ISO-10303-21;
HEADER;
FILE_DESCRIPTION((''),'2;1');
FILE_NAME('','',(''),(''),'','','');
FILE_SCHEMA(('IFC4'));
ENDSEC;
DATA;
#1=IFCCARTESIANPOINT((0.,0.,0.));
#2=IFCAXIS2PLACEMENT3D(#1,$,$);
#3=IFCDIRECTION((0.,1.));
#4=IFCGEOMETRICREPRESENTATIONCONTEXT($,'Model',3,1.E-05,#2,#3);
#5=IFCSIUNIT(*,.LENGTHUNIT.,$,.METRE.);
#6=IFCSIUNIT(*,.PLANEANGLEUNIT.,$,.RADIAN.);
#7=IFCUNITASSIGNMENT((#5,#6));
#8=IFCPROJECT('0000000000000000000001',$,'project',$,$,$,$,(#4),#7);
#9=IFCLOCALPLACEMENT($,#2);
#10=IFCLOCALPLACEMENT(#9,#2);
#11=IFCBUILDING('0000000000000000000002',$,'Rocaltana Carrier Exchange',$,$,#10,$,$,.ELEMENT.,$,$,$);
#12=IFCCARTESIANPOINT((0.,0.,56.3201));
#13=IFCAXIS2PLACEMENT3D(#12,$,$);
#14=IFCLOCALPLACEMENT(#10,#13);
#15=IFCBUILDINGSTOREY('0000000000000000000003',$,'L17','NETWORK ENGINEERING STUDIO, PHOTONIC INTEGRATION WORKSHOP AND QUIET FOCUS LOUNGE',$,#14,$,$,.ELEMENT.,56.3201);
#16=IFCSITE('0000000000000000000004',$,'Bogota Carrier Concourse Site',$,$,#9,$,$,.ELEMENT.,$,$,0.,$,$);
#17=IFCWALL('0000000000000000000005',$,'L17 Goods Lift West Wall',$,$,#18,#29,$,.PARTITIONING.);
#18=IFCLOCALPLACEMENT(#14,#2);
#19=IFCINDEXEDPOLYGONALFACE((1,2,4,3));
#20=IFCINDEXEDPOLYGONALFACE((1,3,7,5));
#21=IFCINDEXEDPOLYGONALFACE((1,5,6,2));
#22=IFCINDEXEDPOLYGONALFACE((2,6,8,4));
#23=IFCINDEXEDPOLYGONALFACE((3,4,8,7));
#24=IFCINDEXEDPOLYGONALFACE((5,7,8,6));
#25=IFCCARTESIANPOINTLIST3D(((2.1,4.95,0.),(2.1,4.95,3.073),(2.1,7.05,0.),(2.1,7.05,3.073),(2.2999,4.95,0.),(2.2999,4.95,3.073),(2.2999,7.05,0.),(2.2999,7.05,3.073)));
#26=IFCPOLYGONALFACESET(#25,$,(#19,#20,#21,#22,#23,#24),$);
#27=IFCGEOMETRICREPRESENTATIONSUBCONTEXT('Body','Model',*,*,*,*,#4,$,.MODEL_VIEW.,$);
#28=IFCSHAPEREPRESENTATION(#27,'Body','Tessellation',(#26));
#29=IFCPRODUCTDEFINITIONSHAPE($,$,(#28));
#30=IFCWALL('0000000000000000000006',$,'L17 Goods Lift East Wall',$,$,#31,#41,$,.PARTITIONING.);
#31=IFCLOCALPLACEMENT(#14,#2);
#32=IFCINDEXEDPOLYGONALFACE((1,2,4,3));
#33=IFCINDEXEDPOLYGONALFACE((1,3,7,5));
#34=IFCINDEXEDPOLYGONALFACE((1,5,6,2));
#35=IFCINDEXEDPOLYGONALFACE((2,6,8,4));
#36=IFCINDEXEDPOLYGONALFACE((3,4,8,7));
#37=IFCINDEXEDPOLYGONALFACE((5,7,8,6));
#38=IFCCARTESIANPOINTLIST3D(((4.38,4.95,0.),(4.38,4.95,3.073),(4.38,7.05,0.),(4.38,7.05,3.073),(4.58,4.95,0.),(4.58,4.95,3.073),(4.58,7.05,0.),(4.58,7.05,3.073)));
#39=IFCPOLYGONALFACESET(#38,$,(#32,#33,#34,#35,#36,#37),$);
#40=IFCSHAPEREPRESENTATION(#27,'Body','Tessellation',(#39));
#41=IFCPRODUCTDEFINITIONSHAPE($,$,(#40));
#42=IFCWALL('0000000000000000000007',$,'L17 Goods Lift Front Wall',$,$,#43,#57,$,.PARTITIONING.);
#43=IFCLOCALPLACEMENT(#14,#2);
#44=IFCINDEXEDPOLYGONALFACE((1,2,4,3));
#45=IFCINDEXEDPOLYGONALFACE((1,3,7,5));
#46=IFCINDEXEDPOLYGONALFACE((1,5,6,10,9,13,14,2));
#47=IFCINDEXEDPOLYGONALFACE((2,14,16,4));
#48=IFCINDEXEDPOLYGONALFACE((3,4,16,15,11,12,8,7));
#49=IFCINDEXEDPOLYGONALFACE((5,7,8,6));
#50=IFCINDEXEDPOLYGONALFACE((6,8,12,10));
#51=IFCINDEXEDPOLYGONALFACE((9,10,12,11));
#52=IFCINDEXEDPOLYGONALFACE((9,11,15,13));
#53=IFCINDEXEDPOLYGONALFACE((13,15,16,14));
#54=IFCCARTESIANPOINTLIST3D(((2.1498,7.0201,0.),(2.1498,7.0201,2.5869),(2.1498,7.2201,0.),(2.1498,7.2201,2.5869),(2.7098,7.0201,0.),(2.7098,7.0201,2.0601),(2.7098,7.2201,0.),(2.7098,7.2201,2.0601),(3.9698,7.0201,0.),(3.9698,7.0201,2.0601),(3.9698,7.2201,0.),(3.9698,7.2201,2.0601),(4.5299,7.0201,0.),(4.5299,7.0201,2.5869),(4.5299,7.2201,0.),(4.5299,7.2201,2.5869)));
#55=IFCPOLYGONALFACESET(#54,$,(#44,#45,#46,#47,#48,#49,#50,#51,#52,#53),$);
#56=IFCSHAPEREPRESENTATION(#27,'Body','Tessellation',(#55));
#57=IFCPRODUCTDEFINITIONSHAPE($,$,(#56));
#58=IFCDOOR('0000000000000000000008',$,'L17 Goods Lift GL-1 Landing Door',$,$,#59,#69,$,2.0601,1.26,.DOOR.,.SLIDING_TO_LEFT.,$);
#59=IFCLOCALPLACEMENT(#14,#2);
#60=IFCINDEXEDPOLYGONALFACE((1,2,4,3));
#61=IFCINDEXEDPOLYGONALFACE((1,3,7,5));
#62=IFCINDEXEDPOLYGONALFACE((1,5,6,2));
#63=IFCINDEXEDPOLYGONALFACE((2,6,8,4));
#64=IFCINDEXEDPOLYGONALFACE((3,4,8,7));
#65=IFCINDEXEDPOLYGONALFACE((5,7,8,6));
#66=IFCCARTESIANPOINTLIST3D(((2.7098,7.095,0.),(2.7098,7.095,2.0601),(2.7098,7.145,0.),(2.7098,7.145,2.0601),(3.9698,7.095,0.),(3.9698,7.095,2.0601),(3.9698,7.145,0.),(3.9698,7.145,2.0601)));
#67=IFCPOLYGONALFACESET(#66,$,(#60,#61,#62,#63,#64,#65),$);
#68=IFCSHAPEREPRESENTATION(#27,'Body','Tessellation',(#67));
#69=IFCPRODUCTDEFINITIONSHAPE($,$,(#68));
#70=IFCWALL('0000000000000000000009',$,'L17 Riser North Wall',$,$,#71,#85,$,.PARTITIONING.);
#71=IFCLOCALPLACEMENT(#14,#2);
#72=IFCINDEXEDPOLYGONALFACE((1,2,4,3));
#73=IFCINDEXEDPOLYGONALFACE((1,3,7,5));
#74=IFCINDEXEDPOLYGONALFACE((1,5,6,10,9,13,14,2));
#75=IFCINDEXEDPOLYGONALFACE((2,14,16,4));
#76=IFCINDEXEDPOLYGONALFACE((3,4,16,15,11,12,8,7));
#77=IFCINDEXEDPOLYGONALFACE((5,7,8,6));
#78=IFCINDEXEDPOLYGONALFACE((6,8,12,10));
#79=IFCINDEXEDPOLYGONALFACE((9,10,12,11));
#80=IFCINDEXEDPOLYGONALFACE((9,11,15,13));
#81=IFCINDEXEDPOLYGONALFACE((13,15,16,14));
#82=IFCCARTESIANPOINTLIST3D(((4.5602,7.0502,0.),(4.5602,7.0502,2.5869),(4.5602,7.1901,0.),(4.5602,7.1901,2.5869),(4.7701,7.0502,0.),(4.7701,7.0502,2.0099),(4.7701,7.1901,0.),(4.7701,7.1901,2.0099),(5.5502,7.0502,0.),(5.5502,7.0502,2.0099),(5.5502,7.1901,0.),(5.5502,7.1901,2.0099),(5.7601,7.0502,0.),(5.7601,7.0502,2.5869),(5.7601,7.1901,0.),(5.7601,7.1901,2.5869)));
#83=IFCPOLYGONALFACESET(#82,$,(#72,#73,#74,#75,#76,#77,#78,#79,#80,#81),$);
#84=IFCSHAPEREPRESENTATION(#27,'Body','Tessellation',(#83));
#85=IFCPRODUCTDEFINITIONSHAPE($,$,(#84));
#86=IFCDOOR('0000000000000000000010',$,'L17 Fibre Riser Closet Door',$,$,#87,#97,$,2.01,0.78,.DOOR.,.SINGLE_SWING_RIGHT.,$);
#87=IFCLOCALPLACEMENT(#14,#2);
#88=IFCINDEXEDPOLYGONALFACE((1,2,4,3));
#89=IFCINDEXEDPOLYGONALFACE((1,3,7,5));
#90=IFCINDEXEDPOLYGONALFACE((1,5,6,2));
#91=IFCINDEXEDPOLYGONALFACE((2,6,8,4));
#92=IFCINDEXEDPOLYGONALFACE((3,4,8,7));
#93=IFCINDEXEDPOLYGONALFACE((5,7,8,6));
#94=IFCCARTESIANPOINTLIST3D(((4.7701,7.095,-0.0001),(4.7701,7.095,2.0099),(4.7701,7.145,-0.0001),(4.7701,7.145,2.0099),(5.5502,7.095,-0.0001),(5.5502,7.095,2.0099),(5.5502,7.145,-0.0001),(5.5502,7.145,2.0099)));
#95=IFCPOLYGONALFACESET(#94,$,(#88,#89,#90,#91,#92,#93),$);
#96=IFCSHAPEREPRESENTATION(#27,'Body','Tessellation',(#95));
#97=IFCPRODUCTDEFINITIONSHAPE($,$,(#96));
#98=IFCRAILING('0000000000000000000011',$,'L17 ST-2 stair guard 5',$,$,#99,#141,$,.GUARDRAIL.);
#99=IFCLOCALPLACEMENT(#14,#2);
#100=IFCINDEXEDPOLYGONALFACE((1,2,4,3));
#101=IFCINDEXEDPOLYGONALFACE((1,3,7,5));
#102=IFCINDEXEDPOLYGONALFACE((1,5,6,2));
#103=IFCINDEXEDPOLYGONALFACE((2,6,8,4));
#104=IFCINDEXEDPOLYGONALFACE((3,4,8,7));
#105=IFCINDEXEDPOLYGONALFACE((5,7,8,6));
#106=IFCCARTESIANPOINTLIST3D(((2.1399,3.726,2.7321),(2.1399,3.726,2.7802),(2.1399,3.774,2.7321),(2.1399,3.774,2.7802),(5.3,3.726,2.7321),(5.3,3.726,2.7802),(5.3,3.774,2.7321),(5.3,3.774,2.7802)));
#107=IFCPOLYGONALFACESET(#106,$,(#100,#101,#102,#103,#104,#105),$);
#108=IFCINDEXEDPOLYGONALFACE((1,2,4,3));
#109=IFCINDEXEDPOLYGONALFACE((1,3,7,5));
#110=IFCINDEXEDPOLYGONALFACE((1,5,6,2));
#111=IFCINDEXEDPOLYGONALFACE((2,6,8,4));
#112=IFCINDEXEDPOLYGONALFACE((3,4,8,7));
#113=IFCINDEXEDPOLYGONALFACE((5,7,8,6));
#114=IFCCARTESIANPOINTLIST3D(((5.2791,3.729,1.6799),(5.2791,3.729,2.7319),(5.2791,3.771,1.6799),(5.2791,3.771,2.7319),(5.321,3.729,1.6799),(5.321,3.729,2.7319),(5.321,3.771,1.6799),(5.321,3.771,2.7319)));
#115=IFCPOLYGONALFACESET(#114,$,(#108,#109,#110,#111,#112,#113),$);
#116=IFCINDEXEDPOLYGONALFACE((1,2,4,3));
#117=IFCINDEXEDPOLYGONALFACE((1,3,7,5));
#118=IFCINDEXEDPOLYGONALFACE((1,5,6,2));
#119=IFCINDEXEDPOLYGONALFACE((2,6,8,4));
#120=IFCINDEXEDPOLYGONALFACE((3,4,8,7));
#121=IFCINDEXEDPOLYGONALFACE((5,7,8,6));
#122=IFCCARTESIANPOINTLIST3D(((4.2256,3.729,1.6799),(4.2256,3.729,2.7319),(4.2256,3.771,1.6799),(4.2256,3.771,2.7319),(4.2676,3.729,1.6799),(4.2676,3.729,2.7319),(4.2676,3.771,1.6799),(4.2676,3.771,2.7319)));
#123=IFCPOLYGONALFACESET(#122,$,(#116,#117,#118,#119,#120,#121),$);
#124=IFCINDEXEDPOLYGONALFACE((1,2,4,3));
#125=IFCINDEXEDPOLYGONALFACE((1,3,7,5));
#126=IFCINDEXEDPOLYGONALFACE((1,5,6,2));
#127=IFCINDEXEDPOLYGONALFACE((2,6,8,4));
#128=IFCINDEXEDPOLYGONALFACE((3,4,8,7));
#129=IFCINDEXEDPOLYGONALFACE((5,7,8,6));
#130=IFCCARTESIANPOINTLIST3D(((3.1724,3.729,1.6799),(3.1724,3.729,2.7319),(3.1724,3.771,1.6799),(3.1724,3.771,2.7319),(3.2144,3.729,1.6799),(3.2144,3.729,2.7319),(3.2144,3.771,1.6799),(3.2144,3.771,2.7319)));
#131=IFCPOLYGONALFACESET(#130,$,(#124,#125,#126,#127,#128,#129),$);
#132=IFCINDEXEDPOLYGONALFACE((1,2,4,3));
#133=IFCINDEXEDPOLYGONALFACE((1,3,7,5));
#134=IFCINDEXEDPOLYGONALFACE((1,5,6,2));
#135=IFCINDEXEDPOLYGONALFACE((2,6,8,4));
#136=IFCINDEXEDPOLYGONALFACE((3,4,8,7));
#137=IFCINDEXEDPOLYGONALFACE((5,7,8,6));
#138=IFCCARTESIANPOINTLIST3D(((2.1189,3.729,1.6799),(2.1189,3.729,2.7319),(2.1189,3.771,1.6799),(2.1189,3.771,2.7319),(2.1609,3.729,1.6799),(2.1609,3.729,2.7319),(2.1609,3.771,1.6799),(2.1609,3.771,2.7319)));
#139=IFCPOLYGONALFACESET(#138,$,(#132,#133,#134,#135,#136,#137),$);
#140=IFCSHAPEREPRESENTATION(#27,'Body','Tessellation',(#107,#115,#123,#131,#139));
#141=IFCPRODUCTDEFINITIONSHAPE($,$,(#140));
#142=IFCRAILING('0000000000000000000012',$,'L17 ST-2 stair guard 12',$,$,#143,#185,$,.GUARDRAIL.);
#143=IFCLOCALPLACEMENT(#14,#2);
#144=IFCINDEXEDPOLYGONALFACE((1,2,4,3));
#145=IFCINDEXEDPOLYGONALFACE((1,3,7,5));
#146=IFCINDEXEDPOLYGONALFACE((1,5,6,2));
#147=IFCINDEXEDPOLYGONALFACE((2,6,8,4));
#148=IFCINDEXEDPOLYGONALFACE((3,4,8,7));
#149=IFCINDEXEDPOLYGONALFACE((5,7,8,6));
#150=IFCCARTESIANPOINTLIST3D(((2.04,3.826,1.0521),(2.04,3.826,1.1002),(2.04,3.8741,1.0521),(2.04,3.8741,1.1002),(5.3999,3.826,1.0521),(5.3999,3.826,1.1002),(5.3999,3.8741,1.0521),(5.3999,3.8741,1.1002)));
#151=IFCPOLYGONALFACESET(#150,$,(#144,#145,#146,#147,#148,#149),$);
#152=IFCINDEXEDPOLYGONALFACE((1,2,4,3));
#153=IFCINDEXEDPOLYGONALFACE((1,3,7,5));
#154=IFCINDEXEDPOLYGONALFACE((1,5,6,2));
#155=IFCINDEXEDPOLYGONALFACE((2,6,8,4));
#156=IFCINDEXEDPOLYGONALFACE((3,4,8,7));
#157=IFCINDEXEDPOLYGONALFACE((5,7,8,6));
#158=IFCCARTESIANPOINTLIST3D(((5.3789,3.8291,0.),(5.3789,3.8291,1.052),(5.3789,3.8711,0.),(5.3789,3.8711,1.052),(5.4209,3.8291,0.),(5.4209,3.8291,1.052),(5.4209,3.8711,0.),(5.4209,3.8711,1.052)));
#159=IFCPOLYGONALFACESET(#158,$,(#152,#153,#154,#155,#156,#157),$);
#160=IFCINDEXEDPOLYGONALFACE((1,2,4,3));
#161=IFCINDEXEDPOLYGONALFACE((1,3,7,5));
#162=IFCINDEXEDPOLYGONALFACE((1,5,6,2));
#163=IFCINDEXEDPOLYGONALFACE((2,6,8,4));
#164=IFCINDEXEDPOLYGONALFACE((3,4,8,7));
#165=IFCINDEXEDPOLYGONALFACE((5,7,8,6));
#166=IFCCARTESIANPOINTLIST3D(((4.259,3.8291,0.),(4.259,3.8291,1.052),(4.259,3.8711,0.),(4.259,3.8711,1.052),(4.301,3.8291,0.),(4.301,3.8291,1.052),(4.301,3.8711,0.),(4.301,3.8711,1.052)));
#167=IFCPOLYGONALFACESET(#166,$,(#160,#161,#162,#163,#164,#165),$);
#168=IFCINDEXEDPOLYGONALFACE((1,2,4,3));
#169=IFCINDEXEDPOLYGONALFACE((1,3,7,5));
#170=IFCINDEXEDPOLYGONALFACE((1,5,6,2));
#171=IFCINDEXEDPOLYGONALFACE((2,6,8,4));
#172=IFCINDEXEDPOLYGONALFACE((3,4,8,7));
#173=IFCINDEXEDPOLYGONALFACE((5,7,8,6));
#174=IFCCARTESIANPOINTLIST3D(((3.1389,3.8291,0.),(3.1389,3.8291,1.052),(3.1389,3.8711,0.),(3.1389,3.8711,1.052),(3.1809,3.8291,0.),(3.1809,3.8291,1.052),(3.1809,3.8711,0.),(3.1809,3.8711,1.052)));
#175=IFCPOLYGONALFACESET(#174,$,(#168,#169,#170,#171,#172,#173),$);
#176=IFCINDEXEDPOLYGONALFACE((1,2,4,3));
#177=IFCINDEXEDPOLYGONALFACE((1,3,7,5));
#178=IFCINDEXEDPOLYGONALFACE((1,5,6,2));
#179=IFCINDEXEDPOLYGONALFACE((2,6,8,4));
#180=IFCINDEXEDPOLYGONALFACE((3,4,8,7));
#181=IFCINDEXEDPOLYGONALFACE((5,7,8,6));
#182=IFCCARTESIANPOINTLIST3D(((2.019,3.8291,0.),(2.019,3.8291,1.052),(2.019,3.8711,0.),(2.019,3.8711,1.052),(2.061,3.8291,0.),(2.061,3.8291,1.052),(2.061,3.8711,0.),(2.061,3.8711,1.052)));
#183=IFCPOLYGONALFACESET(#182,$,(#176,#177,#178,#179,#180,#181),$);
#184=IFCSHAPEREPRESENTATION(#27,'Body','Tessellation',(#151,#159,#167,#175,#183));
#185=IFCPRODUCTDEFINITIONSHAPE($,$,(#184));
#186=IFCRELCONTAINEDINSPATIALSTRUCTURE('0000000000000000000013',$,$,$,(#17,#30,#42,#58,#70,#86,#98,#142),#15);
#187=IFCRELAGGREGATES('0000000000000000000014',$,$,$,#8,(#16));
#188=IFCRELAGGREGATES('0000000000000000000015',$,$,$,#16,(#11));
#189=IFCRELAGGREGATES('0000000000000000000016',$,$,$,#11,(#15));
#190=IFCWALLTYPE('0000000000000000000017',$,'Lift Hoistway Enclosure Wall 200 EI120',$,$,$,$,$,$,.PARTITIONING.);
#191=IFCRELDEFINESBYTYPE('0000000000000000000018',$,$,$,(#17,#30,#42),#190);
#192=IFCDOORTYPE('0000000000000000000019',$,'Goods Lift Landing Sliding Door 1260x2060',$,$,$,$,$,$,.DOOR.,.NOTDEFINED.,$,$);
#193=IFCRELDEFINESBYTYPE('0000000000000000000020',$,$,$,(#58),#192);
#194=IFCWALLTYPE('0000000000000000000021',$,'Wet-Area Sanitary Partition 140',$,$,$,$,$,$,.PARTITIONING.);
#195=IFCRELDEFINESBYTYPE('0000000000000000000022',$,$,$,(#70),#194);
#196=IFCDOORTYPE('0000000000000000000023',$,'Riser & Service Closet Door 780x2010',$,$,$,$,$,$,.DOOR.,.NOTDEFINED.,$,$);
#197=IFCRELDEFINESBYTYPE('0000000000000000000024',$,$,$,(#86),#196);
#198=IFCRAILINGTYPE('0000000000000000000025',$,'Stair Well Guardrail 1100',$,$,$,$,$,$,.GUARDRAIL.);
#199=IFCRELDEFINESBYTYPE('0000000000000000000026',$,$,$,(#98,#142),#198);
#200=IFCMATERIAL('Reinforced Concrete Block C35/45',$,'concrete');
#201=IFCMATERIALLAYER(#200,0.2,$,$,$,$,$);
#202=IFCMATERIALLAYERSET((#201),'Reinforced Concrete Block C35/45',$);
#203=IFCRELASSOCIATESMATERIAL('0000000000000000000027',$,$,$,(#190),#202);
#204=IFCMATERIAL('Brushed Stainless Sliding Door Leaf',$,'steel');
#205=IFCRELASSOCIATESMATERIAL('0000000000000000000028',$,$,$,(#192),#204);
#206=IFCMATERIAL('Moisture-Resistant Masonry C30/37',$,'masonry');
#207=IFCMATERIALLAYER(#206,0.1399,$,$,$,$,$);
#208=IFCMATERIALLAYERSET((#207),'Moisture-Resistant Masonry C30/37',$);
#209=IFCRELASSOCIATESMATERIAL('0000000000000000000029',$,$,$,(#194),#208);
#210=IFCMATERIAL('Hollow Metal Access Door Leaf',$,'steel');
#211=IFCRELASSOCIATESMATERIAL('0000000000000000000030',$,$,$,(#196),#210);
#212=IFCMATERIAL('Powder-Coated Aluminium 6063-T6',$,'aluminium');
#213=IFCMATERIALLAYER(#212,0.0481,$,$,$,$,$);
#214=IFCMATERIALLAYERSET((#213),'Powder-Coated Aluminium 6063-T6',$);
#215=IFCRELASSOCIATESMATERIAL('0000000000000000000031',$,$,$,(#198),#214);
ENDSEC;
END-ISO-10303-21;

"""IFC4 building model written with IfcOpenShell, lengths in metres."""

from ifc_helpers import new_model, si_unit, direction, frame, frame_2d, origin, origin_2d, place, context, subcontext, project, spatial, rectangle, extrude, material, layer, layer_set, type_object, element, fill, save


model = new_model("IFC4")

# Units and contexts
model_context = context("Model", 3, precision=1e-05, world=origin(), true_north=direction((0.0, 1.0)))
body_context = subcontext(model_context, "Body", "Model", "MODEL_VIEW")
ifc_project = project(units=[si_unit("LENGTHUNIT", "METRE"), si_unit("PLANEANGLEUNIT", "RADIAN")], contexts=[model_context])

# Site, building, storey
site_placement = place(None, origin())
site = spatial("IfcSite", under=ifc_project, at=site_placement, Name="Bogota Carrier Concourse Site", CompositionType="ELEMENT", RefElevation=0.0)
building_placement = place(site_placement, origin())
building = spatial("IfcBuilding", under=site, at=building_placement, Name="Rocaltana Carrier Exchange", CompositionType="ELEMENT")
storey_placement = place(building_placement, frame((0.0, 0.0, 56.3201)))
storey = spatial("IfcBuildingStorey", under=building, at=storey_placement, Name="L17", Description="NETWORK ENGINEERING STUDIO, PHOTONIC INTEGRATION WORKSHOP AND QUIET FOCUS LOUNGE", CompositionType="ELEMENT", Elevation=56.3201)

# Walls
ifc_material_1 = material(Name="Reinforced Concrete Block C35/45", Category="concrete")
ifc_layer_1 = layer(ifc_material_1, 0.2)
ifc_layer_set_1 = layer_set([ifc_layer_1], Name="Reinforced Concrete Block C35/45")
wall_type_1 = type_object("IfcWallType", Name="Lift Hoistway Enclosure Wall 200 EI120", PredefinedType="PARTITIONING", material=ifc_layer_set_1)
for number, where, z_axis, x_axis, name in (
    (1, (2.2, 4.95, 0.0), (0.0, 0.0, 1.0), (0.0, 1.0, 0.0), "L17 Goods Lift West Wall"),
    (2, (4.48, 4.95, 0.0), (0.0, 0.0, 1.0), (0.0, 1.0, 0.0), "L17 Goods Lift East Wall"),
):
    element("IfcWall", number, at=place(storey_placement, frame(where, z_axis=z_axis, x_axis=x_axis)), inside=storey, type_object=wall_type_1, Name=name, PredefinedType="PARTITIONING", context=body_context, shape_type="SweptSolid", body=[
        extrude(rectangle(XDim=2.1001, YDim=0.2, at=frame_2d((1.05, 0.0))), origin(), (0.0, 0.0, 1.0), 3.073),
    ])

# Walls, openings, doors
wall_1_placement = place(storey_placement, frame((2.1499, 7.1201, 0.0), z_axis=(0.0, 0.0, 1.0), x_axis=(1.0, 0.0, 0.0)))
wall_1 = element("IfcWall", 3, at=wall_1_placement, inside=storey, type_object=wall_type_1, Name="L17 Goods Lift Front Wall", PredefinedType="PARTITIONING", context=body_context, shape_type="SweptSolid", body=[
    extrude(rectangle(XDim=2.3801, YDim=0.2, at=frame_2d((1.1899, 0.0))), origin(), (0.0, 0.0, 1.0), 2.5869),
])
opening_1_placement = place(wall_1_placement, frame((0.5601, 0.0, 0.0)))
opening_1 = element("IfcOpeningElement", 4, at=opening_1_placement, cuts=wall_1, PredefinedType="OPENING", context=body_context, shape_type="SweptSolid", body=[
    extrude(rectangle(XDim=1.26, YDim=2.0601, at=frame_2d((0.6299, 1.03))), frame((0.0, 0.1099, 0.0), z_axis=(0.0, -1.0, 0.0), x_axis=(1.0, 0.0, 0.0)), (0.0, 0.0, 1.0), 0.22),
])
ifc_material_2 = material(Name="Brushed Stainless Sliding Door Leaf", Category="steel")
door_type_1 = type_object("IfcDoorType", Name="Goods Lift Landing Sliding Door 1260x2060", OperationType="NOTDEFINED", PredefinedType="DOOR", material=ifc_material_2)
door_1_placement = place(opening_1_placement, origin())
door_1 = element("IfcDoor", 5, at=door_1_placement, inside=storey, type_object=door_type_1, Name="L17 Goods Lift GL-1 Landing Door", OperationType="SLIDING_TO_LEFT", OverallHeight=2.0601, OverallWidth=1.26, PredefinedType="DOOR", context=body_context, shape_type="SweptSolid", body=[
    extrude(rectangle(XDim=1.26, YDim=2.0601, at=frame_2d((0.6299, 1.03))), frame((0.0, 0.0249, 0.0), z_axis=(0.0, -1.0, 0.0), x_axis=(1.0, 0.0, 0.0)), (0.0, 0.0, 1.0), 0.05),
])
fill(opening_1, door_1)
ifc_material_3 = material(Name="Moisture-Resistant Masonry C30/37", Category="masonry")
ifc_layer_2 = layer(ifc_material_3, 0.1399)
ifc_layer_set_2 = layer_set([ifc_layer_2], Name="Moisture-Resistant Masonry C30/37")
wall_type_2 = type_object("IfcWallType", Name="Wet-Area Sanitary Partition 140", PredefinedType="PARTITIONING", material=ifc_layer_set_2)
wall_2_placement = place(storey_placement, frame((4.5601, 7.1201, 0.0), z_axis=(0.0, 0.0, 1.0), x_axis=(1.0, 0.0, 0.0)))
wall_2 = element("IfcWall", 6, at=wall_2_placement, inside=storey, type_object=wall_type_2, Name="L17 Riser North Wall", PredefinedType="PARTITIONING", context=body_context, shape_type="SweptSolid", body=[
    extrude(rectangle(XDim=1.2, YDim=0.1399, at=frame_2d((0.6001, 0.0))), origin(), (0.0, 0.0, 1.0), 2.5869),
])
opening_2_placement = place(wall_2_placement, frame((0.21, 0.0, 0.0)))
opening_2 = element("IfcOpeningElement", 7, at=opening_2_placement, cuts=wall_2, PredefinedType="OPENING", context=body_context, shape_type="SweptSolid", body=[
    extrude(rectangle(XDim=0.78, YDim=2.01, at=frame_2d((0.3901, 1.0049))), frame((0.0, 0.0798, 0.0), z_axis=(0.0, -1.0, 0.0), x_axis=(1.0, 0.0, 0.0)), (0.0, 0.0, 1.0), 0.1599),
])
ifc_material_4 = material(Name="Hollow Metal Access Door Leaf", Category="steel")
door_type_2 = type_object("IfcDoorType", Name="Riser & Service Closet Door 780x2010", OperationType="NOTDEFINED", PredefinedType="DOOR", material=ifc_material_4)
door_2_placement = place(opening_2_placement, origin())
door_2 = element("IfcDoor", 8, at=door_2_placement, inside=storey, type_object=door_type_2, Name="L17 Fibre Riser Closet Door", OperationType="SINGLE_SWING_RIGHT", OverallHeight=2.01, OverallWidth=0.78, PredefinedType="DOOR", context=body_context, shape_type="SweptSolid", body=[
    extrude(rectangle(XDim=0.78, YDim=2.01, at=frame_2d((0.3901, 1.0049))), frame((0.0, 0.0249, 0.0), z_axis=(0.0, -1.0, 0.0), x_axis=(1.0, 0.0, 0.0)), (0.0, 0.0, 1.0), 0.05),
])
fill(opening_2, door_2)

# Railings
ifc_material_5 = material(Name="Powder-Coated Aluminium 6063-T6", Category="aluminium")
ifc_layer_3 = layer(ifc_material_5, 0.0481)
ifc_layer_set_3 = layer_set([ifc_layer_3], Name="Powder-Coated Aluminium 6063-T6")
railing_type = type_object("IfcRailingType", Name="Stair Well Guardrail 1100", PredefinedType="GUARDRAIL", material=ifc_layer_set_3)
railing_1_placement = place(storey_placement, frame((5.3, 3.75, 1.6799)))
element("IfcRailing", 9, at=railing_1_placement, inside=storey, type_object=railing_type, Name="L17 ST-2 stair guard 5", PredefinedType="GUARDRAIL", context=body_context, shape_type="SweptSolid", body=[
    extrude(rectangle(XDim=0.0481, YDim=0.0481, at=origin_2d()), frame((0.0, 0.0, 1.0762), z_axis=(-1.0, 0.0, 0.0), x_axis=(0.0, -1.0, 0.0)), (0.0, 0.0, 1.0), 3.1602),
    extrude(rectangle(XDim=0.042, YDim=0.042, at=origin_2d()), origin(), (0.0, 0.0, 1.0), 1.052),
    extrude(rectangle(XDim=0.042, YDim=0.042, at=origin_2d()), frame((-1.0535, 0.0, 0.0)), (0.0, 0.0, 1.0), 1.052),
    extrude(rectangle(XDim=0.042, YDim=0.042, at=origin_2d()), frame((-2.1067, 0.0, 0.0)), (0.0, 0.0, 1.0), 1.052),
    extrude(rectangle(XDim=0.042, YDim=0.042, at=origin_2d()), frame((-3.1602, 0.0, 0.0)), (0.0, 0.0, 1.0), 1.052),
])
railing_2_placement = place(storey_placement, frame((5.3999, 3.8501, 0.0)))
element("IfcRailing", 10, at=railing_2_placement, inside=storey, type_object=railing_type, Name="L17 ST-2 stair guard 12", PredefinedType="GUARDRAIL", context=body_context, shape_type="SweptSolid", body=[
    extrude(rectangle(XDim=0.0481, YDim=0.0481, at=origin_2d()), frame((0.0, 0.0, 1.0762), z_axis=(-1.0, 0.0, 0.0), x_axis=(0.0, -1.0, 0.0)), (0.0, 0.0, 1.0), 3.3599),
    extrude(rectangle(XDim=0.042, YDim=0.042, at=origin_2d()), origin(), (0.0, 0.0, 1.0), 1.052),
    extrude(rectangle(XDim=0.042, YDim=0.042, at=origin_2d()), frame((-1.1199, 0.0, 0.0)), (0.0, 0.0, 1.0), 1.052),
    extrude(rectangle(XDim=0.042, YDim=0.042, at=origin_2d()), frame((-2.24, 0.0, 0.0)), (0.0, 0.0, 1.0), 1.052),
    extrude(rectangle(XDim=0.042, YDim=0.042, at=origin_2d()), frame((-3.3599, 0.0, 0.0)), (0.0, 0.0, 1.0), 1.052),
])

save(model, "model.ifc")
